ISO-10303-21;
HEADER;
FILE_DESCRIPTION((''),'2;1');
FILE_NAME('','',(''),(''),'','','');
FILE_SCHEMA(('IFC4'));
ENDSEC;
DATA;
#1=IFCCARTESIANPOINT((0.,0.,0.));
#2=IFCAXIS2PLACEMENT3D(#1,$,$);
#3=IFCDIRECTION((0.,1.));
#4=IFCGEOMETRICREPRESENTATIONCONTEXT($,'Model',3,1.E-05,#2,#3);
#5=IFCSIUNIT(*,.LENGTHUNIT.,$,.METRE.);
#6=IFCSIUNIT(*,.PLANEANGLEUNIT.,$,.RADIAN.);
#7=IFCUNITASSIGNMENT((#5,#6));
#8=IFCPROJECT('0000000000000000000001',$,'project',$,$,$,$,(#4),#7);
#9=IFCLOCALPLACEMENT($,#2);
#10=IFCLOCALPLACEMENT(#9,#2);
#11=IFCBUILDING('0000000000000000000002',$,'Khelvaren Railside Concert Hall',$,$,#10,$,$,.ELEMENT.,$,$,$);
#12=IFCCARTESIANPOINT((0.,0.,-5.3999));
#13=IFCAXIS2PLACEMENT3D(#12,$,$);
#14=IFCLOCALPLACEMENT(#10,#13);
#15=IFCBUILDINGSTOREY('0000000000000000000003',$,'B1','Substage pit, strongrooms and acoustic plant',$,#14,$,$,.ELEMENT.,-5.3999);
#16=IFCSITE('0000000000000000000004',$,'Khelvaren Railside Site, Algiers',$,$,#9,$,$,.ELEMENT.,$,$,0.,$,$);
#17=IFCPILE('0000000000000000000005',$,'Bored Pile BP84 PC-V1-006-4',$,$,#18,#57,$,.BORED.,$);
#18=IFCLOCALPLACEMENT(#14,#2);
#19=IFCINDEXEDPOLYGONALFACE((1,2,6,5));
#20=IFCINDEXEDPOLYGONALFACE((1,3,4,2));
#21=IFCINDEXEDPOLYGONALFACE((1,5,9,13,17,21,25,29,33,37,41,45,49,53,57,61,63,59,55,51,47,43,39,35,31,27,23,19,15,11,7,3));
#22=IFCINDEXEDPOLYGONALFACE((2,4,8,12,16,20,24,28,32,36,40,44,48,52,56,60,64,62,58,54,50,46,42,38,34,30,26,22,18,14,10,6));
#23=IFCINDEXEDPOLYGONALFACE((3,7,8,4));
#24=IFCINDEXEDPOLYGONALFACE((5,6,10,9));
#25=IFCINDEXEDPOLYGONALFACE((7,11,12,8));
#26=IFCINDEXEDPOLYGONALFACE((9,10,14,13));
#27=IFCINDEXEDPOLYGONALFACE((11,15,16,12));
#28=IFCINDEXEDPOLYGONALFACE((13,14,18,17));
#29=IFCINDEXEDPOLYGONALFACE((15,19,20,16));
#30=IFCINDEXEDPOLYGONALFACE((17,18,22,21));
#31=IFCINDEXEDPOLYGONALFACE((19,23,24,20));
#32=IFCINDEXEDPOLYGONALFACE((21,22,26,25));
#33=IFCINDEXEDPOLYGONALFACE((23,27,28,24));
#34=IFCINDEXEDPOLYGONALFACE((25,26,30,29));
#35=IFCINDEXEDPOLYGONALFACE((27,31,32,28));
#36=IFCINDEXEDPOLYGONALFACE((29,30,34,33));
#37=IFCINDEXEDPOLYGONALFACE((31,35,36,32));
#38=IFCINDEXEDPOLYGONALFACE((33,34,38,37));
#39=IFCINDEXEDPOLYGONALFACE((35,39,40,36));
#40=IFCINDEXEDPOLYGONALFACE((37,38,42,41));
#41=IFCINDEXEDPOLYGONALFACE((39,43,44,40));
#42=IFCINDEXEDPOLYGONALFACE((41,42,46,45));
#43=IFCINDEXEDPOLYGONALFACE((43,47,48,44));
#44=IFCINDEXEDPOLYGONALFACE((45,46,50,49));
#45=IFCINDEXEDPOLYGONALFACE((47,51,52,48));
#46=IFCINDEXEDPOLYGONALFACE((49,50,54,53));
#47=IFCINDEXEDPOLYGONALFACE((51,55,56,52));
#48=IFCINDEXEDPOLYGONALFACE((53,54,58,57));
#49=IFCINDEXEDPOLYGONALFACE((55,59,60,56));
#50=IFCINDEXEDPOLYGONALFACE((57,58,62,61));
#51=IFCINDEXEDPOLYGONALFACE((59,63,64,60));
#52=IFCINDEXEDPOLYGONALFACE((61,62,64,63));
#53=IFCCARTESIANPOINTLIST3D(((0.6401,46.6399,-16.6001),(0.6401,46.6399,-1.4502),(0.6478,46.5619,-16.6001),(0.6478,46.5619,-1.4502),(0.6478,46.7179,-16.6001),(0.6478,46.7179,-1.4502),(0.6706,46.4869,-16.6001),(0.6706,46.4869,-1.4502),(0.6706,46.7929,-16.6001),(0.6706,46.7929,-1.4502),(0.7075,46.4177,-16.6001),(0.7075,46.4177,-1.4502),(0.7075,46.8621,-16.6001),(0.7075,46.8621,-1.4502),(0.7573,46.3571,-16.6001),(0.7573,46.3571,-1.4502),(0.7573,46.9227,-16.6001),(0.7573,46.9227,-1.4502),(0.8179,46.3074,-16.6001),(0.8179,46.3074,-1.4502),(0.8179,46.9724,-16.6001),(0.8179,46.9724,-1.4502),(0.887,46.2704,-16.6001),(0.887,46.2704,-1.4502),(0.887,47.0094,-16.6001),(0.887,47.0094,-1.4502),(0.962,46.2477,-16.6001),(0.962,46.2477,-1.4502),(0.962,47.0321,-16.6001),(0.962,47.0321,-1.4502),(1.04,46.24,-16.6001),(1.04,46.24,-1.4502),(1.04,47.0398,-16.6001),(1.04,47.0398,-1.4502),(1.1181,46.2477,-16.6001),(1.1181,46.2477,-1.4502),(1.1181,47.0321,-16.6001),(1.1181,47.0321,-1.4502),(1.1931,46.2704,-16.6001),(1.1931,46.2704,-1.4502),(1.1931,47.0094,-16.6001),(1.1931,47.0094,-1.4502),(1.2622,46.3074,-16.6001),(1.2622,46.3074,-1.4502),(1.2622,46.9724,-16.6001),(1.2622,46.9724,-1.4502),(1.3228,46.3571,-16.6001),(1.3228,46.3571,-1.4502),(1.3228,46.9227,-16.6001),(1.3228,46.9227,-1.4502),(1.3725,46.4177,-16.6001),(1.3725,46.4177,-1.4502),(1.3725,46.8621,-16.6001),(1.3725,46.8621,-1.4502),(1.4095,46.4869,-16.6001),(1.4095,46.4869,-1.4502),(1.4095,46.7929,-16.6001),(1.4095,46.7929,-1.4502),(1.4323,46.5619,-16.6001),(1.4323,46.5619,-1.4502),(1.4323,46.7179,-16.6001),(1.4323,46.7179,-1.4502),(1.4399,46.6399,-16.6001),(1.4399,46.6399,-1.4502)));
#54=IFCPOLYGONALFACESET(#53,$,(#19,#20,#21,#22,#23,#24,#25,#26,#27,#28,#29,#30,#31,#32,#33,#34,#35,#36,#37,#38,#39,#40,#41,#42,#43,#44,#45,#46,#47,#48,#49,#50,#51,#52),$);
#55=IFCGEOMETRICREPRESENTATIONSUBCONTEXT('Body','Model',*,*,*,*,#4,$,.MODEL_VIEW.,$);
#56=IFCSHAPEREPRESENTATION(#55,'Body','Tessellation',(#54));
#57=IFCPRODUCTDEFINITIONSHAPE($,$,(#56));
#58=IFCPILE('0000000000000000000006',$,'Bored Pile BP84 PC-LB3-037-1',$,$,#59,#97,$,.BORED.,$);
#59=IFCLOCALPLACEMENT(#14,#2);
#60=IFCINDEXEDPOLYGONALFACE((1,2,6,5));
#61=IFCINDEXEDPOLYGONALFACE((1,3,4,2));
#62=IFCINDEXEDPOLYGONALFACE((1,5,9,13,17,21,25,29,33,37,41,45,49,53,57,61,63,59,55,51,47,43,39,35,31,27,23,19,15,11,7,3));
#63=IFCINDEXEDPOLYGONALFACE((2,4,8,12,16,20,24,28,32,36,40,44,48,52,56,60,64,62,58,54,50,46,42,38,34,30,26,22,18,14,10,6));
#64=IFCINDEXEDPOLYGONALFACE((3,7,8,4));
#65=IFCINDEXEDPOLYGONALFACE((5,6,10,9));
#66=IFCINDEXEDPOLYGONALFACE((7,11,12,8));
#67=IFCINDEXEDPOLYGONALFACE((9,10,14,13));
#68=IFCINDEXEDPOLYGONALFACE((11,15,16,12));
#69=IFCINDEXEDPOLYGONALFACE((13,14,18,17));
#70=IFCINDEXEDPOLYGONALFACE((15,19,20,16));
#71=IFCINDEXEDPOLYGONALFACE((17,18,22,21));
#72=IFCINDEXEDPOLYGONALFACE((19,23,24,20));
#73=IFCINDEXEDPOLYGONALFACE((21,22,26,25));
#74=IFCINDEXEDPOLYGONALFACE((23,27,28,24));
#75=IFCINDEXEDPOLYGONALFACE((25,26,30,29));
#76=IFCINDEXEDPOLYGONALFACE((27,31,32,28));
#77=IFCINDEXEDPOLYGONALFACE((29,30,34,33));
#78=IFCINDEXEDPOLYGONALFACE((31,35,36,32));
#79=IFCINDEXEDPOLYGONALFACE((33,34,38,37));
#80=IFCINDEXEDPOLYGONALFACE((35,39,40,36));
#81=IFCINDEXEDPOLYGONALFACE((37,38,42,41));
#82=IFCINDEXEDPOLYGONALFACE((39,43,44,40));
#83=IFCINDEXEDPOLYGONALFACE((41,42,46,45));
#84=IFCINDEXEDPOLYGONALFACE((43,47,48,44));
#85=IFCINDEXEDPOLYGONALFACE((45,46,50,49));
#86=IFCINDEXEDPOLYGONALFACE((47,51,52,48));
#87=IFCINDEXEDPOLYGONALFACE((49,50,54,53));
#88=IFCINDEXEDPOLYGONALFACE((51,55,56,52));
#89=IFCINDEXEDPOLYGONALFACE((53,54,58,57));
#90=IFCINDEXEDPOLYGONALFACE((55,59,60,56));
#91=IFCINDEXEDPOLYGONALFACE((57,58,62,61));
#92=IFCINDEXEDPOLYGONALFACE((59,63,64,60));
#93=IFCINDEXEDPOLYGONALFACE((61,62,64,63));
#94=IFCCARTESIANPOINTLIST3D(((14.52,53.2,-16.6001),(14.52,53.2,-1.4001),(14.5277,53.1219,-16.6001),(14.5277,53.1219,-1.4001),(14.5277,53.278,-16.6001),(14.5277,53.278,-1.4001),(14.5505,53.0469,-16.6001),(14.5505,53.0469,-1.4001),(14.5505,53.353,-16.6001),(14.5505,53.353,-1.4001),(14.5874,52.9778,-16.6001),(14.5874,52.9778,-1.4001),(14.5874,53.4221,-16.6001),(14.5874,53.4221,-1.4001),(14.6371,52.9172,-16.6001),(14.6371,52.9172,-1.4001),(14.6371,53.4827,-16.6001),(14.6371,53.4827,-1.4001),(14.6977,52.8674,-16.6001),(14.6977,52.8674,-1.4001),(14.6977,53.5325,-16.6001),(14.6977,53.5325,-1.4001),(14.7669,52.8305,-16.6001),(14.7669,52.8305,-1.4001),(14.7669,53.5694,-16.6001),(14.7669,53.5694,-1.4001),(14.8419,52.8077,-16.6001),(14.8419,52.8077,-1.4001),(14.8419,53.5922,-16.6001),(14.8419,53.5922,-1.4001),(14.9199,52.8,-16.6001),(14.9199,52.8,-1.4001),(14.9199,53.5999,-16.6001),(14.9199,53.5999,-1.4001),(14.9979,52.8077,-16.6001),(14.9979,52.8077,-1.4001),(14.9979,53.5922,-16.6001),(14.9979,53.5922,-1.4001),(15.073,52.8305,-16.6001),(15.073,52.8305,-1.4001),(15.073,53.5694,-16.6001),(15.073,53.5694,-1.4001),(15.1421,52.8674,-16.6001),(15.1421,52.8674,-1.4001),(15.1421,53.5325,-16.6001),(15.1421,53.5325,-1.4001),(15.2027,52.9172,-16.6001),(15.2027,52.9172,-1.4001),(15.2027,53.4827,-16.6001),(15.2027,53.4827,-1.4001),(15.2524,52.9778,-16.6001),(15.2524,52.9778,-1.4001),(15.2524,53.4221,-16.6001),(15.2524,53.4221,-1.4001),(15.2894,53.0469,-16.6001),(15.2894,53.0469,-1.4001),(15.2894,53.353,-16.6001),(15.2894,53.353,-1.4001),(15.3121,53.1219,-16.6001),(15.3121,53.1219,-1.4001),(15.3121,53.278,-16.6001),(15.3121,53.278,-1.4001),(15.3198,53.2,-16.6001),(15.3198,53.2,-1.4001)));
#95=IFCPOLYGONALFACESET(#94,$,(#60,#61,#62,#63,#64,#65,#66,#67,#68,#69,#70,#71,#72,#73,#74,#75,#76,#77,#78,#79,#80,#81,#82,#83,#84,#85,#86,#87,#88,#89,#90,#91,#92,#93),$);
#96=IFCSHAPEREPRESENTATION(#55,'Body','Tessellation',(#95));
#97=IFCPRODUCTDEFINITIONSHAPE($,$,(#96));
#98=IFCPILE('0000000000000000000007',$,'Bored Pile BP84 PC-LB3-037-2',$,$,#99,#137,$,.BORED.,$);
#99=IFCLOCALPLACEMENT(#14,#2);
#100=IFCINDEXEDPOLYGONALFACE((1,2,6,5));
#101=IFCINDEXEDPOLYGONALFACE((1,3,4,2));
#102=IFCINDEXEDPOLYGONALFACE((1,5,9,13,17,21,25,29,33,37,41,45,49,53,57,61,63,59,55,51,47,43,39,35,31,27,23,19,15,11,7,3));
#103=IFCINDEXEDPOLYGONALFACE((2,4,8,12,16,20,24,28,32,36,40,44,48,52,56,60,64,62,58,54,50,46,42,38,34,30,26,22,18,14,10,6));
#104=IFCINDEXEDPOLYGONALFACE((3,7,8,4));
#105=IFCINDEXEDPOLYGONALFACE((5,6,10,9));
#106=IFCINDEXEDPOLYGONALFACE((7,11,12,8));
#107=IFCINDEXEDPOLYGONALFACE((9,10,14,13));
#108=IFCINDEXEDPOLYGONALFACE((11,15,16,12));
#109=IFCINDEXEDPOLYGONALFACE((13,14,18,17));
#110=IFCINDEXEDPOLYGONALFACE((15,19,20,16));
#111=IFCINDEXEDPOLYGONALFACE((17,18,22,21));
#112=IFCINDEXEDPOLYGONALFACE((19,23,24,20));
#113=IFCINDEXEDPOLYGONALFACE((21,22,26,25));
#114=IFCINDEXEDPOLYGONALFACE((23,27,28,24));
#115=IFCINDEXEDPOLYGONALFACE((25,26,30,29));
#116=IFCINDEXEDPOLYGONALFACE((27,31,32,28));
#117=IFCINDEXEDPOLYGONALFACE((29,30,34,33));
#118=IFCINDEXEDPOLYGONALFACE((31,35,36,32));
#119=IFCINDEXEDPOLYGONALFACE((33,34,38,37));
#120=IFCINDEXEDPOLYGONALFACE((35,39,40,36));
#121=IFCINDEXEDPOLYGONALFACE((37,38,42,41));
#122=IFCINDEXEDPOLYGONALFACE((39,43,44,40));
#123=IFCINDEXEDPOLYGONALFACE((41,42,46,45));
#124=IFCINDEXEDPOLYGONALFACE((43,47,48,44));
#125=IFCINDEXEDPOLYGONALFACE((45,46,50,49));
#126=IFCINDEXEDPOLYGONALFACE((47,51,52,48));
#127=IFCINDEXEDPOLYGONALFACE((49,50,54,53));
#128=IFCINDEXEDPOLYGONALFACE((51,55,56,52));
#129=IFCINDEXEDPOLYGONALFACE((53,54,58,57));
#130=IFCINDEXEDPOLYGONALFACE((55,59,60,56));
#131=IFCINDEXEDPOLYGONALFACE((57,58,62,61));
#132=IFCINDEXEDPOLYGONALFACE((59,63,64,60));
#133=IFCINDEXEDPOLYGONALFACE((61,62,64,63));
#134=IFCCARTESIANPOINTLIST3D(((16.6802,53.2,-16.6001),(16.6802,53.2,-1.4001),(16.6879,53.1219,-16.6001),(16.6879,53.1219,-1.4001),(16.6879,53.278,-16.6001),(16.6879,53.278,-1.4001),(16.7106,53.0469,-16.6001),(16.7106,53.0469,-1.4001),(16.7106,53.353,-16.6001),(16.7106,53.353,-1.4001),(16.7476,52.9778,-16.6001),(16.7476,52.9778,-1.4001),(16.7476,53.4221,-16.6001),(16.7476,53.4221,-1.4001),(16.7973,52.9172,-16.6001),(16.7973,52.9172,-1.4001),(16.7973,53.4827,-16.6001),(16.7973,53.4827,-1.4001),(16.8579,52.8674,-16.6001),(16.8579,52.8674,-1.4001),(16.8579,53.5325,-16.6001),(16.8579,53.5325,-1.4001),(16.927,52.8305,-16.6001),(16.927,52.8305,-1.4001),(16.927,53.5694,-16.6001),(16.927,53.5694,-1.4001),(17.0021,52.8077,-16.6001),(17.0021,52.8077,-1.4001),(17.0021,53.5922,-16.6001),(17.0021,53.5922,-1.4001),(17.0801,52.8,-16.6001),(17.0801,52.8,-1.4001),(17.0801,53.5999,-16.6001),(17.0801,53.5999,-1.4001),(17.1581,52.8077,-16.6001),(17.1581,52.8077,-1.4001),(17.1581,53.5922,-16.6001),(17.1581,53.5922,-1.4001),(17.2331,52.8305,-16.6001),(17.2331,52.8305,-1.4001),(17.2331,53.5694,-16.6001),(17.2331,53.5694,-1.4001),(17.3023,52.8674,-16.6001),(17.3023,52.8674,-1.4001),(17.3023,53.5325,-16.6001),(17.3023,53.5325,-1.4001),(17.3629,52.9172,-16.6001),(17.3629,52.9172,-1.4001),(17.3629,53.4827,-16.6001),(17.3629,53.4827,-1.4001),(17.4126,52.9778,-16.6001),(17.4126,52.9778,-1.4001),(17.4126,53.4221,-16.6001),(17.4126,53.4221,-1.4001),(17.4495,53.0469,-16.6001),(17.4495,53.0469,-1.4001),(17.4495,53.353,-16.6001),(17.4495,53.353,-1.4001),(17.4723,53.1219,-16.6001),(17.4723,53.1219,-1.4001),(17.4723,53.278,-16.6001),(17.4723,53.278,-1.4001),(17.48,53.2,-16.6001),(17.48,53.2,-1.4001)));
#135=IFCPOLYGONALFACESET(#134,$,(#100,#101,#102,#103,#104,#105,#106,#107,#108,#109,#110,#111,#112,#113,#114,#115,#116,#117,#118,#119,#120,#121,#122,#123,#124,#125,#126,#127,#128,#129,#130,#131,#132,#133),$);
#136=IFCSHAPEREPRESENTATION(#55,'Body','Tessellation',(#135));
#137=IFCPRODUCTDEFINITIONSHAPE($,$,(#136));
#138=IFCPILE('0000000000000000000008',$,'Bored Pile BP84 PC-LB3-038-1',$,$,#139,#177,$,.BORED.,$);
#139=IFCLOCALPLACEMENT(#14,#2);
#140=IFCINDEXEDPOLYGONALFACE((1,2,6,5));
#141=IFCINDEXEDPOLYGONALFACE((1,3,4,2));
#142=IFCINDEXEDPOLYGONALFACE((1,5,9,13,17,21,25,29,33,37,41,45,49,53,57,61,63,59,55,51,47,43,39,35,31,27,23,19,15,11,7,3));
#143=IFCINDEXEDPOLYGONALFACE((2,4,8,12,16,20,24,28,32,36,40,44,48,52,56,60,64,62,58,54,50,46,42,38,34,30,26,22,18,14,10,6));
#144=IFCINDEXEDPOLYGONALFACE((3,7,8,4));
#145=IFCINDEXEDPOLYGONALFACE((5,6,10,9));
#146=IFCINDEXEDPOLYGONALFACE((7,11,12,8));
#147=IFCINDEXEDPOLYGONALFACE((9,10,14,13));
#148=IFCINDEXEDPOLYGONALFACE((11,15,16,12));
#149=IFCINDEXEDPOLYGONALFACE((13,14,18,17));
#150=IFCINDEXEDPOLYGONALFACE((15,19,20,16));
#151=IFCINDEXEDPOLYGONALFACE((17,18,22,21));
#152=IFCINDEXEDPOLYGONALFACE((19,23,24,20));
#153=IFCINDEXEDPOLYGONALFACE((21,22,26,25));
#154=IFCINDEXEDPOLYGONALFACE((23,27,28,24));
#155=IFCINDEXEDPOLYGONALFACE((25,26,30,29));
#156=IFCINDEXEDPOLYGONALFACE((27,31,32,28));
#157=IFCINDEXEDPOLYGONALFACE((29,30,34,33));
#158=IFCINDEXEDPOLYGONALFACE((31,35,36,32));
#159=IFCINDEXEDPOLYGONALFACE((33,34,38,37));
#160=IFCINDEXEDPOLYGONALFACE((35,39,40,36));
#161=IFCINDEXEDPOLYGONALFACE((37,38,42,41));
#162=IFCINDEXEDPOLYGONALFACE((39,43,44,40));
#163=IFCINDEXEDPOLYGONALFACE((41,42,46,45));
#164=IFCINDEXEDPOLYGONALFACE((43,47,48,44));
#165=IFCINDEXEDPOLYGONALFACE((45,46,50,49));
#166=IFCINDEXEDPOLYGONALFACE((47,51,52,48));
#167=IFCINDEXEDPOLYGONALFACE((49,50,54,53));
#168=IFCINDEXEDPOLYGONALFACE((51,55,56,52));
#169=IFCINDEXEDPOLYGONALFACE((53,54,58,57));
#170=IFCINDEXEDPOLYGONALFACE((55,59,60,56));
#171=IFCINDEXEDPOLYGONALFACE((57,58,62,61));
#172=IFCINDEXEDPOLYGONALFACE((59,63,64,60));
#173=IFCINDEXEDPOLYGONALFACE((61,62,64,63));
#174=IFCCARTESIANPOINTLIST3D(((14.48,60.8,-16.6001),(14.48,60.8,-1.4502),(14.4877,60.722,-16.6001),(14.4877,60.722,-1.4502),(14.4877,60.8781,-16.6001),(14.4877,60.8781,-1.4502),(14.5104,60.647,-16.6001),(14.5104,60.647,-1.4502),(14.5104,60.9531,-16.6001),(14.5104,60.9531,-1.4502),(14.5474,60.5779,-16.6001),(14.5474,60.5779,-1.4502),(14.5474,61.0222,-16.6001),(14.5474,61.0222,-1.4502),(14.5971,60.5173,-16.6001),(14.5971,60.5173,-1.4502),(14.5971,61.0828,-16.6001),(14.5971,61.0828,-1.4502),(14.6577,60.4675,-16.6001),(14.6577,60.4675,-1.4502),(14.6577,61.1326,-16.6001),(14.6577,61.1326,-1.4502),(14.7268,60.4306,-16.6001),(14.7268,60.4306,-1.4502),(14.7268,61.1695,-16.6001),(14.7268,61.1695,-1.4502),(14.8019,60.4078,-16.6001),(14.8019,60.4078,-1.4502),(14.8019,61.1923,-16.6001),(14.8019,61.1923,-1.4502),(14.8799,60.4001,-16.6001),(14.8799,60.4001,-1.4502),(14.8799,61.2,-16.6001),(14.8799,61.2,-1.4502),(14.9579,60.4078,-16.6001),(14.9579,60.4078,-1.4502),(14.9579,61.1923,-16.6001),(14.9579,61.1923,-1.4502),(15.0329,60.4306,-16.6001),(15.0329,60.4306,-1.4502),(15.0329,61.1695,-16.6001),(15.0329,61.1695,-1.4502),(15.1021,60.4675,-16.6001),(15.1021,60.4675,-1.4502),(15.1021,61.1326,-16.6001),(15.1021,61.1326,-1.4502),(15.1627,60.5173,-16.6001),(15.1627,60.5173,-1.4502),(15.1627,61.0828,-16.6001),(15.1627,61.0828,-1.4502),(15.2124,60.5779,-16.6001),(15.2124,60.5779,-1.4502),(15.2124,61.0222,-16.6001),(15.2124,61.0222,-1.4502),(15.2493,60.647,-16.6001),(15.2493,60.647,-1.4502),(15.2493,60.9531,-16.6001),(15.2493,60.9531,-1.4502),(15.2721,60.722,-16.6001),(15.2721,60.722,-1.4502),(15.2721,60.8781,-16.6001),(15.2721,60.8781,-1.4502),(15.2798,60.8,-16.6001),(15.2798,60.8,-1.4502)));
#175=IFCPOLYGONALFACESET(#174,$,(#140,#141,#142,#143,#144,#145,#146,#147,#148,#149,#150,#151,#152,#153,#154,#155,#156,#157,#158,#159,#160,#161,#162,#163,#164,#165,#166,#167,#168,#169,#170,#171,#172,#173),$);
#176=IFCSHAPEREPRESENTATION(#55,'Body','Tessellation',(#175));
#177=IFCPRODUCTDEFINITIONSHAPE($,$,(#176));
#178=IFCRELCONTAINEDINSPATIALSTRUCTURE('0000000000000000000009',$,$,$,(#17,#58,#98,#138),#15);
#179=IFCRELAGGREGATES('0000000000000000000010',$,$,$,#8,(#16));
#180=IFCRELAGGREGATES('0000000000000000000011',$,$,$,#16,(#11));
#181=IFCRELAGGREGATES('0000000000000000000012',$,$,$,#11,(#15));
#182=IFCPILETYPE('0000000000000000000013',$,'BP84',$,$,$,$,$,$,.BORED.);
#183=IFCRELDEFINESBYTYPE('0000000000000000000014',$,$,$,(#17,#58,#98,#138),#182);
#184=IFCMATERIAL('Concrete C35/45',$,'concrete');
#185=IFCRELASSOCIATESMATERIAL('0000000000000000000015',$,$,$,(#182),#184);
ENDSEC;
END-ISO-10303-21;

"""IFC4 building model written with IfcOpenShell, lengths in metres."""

from ifc_helpers import new_model, si_unit, direction, frame, origin, origin_2d, place, context, subcontext, project, spatial, circle, extrude, material, material_profile, profile_set, type_object, element, save


model = new_model("IFC4")

# Units and contexts
model_context = context("Model", 3, precision=1e-05, world=origin(), true_north=direction((0.0, 1.0)))
body_context = subcontext(model_context, "Body", "Model", "MODEL_VIEW")
ifc_project = project(units=[si_unit("LENGTHUNIT", "METRE"), si_unit("PLANEANGLEUNIT", "RADIAN")], contexts=[model_context])

# Site, building, storey
site_placement = place(None, origin())
site = spatial("IfcSite", under=ifc_project, at=site_placement, Name="Khelvaren Railside Site, Algiers", CompositionType="ELEMENT", RefElevation=0.0)
building_placement = place(site_placement, origin())
building = spatial("IfcBuilding", under=site, at=building_placement, Name="Khelvaren Railside Concert Hall", CompositionType="ELEMENT")
storey_placement = place(building_placement, frame((0.0, 0.0, -5.3999)))
storey = spatial("IfcBuildingStorey", under=building, at=storey_placement, Name="B1", Description="Substage pit, strongrooms and acoustic plant", CompositionType="ELEMENT", Elevation=-5.3999)

# Piles
ifc_material_1 = material(Name="Concrete C35/45", Category="concrete")
ifc_material_profile_1 = material_profile(ifc_material_1, circle(Radius=0.3999, at=origin_2d()), Name="BP D800")
ifc_profile_set_1 = profile_set([ifc_material_profile_1], Name="Concrete C35/45")
pile_type_1 = type_object("IfcPileType", Name="BP84", PredefinedType="BORED", material=ifc_profile_set_1)
for number, where, z_axis, x_axis, name in (
    (1, (1.04, 46.6399, -1.4502), (0.0, 0.0, -1.0), (1.0, 0.0, 0.0), "Bored Pile BP84 PC-V1-006-4"),
):
    element("IfcPile", number, at=place(storey_placement, frame(where, z_axis=z_axis, x_axis=x_axis)), inside=storey, type_object=pile_type_1, Name=name, PredefinedType="BORED", context=body_context, shape_type="SweptSolid", body=[
        extrude(circle(Radius=0.3999, at=origin_2d()), origin(), (0.0, 0.0, 1.0), 15.1499),
    ])
for number, where, z_axis, x_axis, name in (
    (2, (14.9199, 53.2, -1.4001), (0.0, 0.0, -1.0), (1.0, 0.0, 0.0), "Bored Pile BP84 PC-LB3-037-1"),
    (3, (17.0801, 53.2, -1.4001), (0.0, 0.0, -1.0), (1.0, 0.0, 0.0), "Bored Pile BP84 PC-LB3-037-2"),
):
    element("IfcPile", number, at=place(storey_placement, frame(where, z_axis=z_axis, x_axis=x_axis)), inside=storey, type_object=pile_type_1, Name=name, PredefinedType="BORED", context=body_context, shape_type="SweptSolid", body=[
        extrude(circle(Radius=0.3999, at=origin_2d()), origin(), (0.0, 0.0, 1.0), 15.2),
    ])
for number, where, z_axis, x_axis, name in (
    (4, (14.8799, 60.8, -1.4502), (0.0, 0.0, -1.0), (1.0, 0.0, 0.0), "Bored Pile BP84 PC-LB3-038-1"),
):
    element("IfcPile", number, at=place(storey_placement, frame(where, z_axis=z_axis, x_axis=x_axis)), inside=storey, type_object=pile_type_1, Name=name, PredefinedType="BORED", context=body_context, shape_type="SweptSolid", body=[
        extrude(circle(Radius=0.3999, at=origin_2d()), origin(), (0.0, 0.0, 1.0), 15.1499),
    ])

save(model, "model.ifc")
